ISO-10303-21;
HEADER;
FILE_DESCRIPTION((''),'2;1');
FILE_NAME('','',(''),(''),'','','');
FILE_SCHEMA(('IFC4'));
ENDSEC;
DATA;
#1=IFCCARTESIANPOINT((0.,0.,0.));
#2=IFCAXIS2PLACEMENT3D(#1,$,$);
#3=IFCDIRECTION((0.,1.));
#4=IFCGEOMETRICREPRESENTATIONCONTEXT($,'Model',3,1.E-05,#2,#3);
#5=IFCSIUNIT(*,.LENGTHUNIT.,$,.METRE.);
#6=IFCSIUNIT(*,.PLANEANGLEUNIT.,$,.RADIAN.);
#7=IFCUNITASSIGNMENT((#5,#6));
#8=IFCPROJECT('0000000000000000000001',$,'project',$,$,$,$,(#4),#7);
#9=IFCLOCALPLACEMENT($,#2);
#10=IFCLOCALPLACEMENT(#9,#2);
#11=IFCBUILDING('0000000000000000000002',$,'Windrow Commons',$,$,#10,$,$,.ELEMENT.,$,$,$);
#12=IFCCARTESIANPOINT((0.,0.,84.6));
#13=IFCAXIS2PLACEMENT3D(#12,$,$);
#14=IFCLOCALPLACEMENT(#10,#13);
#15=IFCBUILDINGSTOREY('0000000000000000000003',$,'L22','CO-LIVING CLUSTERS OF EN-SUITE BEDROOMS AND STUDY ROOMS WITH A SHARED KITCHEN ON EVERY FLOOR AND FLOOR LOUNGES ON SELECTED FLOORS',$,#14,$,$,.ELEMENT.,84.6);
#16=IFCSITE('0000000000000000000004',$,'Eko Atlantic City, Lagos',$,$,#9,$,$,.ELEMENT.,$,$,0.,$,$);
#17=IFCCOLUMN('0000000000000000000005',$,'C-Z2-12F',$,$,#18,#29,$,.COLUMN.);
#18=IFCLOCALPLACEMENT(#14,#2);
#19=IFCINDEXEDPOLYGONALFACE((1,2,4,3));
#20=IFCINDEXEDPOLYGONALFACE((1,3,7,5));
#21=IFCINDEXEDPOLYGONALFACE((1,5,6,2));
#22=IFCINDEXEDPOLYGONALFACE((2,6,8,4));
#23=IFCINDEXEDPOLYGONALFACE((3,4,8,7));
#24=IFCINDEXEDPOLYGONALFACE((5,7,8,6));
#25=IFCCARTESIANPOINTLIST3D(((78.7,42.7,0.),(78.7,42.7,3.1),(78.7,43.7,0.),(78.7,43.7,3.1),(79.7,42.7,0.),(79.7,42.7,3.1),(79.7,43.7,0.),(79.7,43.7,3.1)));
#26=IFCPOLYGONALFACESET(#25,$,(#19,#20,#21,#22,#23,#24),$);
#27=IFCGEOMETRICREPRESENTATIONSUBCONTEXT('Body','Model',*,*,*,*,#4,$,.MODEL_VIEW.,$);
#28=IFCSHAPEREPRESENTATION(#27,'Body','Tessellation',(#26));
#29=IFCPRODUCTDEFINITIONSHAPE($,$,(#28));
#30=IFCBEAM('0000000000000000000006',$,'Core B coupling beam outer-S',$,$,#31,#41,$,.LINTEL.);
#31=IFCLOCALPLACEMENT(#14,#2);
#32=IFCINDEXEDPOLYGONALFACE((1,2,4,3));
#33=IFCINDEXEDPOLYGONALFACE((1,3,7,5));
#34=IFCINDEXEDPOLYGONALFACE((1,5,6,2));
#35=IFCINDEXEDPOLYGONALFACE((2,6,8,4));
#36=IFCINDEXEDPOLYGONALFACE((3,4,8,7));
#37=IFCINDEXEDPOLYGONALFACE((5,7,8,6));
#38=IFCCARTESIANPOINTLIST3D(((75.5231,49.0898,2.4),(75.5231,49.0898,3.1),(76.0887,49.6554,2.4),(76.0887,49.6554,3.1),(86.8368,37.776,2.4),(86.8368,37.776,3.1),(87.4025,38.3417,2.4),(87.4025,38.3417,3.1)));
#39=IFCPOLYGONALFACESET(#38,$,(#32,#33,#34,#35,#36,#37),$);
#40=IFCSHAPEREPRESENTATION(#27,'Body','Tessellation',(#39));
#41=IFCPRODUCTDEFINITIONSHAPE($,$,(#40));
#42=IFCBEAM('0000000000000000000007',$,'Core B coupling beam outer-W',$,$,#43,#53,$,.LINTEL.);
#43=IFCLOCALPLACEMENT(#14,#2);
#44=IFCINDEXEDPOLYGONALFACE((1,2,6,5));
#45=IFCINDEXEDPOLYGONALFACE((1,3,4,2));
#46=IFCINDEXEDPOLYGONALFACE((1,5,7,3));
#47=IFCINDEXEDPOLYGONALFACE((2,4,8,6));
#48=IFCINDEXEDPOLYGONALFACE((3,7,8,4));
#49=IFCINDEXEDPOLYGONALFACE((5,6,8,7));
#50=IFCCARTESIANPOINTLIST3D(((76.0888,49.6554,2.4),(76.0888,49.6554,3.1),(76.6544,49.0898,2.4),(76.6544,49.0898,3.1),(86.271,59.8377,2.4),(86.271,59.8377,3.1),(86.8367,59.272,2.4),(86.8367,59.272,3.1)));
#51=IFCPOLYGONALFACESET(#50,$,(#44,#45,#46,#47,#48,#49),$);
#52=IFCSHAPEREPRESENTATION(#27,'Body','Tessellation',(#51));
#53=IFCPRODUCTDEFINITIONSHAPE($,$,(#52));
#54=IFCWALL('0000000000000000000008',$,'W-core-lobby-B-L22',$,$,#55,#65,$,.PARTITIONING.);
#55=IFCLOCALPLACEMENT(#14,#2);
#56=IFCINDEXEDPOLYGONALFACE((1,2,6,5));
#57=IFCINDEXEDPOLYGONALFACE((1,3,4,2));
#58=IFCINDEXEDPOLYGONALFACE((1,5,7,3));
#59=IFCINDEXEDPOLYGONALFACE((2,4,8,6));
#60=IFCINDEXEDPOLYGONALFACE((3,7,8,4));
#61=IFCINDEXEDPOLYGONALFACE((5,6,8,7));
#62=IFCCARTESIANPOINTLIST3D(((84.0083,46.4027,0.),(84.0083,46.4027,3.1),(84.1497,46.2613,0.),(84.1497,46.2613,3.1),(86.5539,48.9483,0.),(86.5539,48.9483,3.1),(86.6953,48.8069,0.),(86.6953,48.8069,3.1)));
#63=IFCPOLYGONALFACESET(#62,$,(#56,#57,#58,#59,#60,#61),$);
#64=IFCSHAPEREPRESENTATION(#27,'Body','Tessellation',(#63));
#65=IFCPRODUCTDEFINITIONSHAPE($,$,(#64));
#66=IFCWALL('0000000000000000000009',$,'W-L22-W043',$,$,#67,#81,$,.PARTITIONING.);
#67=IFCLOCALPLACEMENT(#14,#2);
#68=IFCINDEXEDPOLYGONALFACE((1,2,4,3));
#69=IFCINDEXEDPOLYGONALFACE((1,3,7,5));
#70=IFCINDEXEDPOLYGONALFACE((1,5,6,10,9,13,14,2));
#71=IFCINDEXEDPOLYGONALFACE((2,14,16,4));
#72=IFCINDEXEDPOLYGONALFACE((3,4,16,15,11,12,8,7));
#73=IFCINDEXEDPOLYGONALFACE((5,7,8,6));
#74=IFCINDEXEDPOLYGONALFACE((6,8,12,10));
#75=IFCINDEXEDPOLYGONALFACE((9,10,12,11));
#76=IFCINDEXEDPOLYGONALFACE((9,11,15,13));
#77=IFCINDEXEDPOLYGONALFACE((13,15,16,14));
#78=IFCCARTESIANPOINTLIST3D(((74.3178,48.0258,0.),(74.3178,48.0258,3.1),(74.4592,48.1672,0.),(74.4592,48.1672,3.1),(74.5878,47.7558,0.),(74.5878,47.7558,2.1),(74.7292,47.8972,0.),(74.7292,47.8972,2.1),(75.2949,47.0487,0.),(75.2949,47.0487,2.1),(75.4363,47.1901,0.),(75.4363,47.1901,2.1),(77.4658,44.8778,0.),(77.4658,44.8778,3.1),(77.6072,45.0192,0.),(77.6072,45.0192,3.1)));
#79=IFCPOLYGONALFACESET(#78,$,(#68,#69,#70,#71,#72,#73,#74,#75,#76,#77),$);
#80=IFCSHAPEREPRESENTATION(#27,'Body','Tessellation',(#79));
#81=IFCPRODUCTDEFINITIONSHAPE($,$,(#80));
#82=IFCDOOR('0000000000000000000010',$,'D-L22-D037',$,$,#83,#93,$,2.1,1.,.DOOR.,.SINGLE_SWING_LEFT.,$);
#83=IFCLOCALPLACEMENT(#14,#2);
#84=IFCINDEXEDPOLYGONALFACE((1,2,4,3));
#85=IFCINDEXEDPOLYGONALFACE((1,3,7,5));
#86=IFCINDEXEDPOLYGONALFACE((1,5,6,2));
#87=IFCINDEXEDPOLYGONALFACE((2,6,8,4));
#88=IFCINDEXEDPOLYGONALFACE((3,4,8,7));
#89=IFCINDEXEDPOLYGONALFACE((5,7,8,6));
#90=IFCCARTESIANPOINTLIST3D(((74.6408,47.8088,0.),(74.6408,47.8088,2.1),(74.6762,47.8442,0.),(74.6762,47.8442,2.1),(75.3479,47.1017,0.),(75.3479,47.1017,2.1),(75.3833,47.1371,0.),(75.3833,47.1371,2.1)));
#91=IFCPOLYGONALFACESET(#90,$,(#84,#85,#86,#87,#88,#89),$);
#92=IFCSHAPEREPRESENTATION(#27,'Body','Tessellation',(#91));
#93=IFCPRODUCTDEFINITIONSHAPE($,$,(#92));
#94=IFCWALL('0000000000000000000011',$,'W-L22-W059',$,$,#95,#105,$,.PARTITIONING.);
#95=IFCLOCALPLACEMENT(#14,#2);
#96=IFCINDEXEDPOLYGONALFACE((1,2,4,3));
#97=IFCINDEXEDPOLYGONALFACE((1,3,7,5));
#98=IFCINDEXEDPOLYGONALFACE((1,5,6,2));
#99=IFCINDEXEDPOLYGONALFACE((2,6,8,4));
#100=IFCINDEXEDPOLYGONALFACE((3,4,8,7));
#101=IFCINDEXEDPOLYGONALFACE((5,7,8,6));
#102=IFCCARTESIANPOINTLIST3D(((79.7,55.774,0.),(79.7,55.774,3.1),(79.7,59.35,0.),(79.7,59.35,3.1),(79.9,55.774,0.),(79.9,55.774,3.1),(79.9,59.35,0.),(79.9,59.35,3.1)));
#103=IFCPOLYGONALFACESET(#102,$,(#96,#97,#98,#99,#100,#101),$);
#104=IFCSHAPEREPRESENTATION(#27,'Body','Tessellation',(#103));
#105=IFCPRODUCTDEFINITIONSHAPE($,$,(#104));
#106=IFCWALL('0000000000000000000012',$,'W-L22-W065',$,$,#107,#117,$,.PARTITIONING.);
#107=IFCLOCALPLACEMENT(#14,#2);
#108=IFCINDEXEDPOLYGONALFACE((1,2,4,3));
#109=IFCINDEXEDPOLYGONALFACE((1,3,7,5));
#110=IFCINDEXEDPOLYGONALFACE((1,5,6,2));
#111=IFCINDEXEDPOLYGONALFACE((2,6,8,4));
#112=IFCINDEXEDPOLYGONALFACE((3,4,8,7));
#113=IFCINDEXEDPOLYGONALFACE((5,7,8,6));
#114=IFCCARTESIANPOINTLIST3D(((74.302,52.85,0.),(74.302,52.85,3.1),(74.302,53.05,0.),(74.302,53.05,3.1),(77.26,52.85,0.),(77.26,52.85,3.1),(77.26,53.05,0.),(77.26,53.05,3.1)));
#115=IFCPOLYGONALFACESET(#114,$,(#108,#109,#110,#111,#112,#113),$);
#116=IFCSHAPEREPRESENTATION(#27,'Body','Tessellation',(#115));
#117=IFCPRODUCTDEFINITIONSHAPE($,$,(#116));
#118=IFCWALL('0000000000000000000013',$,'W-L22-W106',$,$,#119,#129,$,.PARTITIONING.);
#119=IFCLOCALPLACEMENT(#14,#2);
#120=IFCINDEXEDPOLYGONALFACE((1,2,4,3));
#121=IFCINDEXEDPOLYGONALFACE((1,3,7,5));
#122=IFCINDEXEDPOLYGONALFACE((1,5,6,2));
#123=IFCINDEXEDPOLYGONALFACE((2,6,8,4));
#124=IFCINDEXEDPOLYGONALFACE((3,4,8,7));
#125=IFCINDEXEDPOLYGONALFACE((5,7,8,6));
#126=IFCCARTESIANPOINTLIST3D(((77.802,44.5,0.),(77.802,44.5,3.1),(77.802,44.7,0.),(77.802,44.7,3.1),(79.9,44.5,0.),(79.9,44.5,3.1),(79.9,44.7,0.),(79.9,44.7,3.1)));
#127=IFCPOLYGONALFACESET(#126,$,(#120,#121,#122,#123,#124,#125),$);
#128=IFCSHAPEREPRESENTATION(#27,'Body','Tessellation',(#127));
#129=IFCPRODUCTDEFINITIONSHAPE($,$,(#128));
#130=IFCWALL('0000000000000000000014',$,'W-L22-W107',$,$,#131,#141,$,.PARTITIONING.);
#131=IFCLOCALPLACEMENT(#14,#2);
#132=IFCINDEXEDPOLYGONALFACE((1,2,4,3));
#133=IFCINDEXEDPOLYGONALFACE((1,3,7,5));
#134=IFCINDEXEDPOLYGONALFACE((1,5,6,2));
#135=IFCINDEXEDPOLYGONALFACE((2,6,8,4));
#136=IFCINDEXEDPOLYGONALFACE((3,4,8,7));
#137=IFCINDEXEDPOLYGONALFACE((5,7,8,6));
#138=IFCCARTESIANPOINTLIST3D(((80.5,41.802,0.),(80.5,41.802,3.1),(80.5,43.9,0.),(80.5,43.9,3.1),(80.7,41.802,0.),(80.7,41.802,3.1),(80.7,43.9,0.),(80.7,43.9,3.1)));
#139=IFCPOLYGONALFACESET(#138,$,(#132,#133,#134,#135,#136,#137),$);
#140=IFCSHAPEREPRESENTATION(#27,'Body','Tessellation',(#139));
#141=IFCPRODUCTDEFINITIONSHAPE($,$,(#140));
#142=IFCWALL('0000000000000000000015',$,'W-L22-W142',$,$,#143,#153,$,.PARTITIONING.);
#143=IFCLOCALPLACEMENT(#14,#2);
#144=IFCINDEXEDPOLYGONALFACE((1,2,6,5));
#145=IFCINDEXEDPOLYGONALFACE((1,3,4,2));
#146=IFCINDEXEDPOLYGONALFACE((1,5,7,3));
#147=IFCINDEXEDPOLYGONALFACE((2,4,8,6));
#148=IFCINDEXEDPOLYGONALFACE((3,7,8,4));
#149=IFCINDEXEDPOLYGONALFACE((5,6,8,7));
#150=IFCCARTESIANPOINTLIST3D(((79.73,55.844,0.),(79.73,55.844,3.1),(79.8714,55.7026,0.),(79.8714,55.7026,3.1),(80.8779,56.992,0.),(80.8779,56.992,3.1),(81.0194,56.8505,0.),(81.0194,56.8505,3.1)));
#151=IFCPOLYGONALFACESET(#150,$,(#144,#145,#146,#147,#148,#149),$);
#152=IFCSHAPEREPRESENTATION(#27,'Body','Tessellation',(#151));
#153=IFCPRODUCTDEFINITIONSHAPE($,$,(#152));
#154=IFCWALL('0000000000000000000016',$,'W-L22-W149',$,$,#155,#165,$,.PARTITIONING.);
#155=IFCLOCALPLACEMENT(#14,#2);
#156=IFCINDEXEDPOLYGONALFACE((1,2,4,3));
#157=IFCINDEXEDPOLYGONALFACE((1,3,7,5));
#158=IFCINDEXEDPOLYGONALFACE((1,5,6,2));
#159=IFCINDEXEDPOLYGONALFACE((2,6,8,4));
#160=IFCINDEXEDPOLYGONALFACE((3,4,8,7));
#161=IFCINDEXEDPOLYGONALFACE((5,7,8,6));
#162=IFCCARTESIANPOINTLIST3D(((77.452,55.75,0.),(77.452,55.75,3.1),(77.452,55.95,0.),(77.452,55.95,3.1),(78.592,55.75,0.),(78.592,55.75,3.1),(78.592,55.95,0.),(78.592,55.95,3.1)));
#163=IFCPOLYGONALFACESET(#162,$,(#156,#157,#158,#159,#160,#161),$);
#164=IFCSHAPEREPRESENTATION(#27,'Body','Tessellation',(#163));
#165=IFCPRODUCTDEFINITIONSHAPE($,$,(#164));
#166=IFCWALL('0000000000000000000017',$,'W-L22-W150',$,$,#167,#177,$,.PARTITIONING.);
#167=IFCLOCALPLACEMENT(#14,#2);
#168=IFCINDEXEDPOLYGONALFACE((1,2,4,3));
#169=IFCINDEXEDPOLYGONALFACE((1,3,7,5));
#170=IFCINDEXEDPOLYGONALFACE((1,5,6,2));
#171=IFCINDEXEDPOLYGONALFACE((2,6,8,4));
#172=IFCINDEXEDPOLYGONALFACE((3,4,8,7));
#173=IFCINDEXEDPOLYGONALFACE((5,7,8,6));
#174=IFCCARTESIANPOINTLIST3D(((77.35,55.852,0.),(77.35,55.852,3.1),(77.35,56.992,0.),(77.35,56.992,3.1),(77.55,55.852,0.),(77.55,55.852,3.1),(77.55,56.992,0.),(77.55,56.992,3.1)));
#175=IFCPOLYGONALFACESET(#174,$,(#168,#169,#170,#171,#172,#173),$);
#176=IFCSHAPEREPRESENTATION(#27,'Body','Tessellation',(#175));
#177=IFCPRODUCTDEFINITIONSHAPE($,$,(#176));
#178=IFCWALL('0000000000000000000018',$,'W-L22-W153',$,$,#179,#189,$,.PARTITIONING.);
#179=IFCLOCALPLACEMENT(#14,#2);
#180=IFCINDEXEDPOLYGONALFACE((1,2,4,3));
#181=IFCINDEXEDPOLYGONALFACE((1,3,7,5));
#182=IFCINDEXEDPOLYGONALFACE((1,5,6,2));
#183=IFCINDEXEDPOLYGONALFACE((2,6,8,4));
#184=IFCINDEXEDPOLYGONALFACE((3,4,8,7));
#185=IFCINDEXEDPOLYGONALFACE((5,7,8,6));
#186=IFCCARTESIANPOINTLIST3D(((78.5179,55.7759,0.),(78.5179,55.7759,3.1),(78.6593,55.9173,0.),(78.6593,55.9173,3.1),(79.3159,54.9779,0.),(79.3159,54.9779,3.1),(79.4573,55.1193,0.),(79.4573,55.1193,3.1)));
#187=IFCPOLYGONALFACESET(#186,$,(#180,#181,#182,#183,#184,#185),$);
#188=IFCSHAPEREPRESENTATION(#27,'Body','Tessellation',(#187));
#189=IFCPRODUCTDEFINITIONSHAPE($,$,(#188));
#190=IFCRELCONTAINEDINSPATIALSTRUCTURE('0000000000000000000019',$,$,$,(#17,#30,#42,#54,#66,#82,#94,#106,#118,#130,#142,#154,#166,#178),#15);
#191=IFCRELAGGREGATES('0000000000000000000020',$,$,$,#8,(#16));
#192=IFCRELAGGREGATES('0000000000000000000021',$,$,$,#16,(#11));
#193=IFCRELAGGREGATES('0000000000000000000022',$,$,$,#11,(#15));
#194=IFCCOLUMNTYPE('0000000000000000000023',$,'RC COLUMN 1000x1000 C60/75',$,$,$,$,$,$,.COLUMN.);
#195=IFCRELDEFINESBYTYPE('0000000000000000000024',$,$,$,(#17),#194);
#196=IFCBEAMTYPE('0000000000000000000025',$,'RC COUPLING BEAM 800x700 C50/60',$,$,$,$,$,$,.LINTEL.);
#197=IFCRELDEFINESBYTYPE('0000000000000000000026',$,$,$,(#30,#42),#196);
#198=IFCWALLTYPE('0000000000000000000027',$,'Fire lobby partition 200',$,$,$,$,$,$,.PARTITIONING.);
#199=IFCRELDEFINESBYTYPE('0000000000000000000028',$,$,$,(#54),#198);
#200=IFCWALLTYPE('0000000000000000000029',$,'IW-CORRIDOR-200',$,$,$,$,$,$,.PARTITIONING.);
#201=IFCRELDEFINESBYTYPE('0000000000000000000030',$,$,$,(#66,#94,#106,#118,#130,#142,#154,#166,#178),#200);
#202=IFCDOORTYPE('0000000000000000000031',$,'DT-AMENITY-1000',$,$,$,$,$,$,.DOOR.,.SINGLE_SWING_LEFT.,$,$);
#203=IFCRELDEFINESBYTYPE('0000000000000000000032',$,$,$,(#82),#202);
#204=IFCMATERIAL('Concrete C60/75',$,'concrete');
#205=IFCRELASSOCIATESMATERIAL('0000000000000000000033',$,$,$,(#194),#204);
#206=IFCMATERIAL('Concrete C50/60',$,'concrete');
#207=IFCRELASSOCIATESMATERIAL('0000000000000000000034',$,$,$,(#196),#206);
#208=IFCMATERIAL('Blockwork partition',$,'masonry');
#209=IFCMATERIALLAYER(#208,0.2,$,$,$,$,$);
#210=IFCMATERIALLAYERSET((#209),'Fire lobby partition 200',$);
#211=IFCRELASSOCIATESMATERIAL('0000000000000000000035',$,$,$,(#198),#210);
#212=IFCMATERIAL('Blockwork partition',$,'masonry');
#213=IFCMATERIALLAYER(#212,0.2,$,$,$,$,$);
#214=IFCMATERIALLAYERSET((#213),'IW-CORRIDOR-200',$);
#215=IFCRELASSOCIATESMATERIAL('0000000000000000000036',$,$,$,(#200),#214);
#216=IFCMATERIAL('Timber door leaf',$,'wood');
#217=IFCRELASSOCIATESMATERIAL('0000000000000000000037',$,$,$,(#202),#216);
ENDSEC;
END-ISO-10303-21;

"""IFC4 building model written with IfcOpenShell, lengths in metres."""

from ifc_helpers import new_model, si_unit, direction, frame, frame_2d, origin, origin_2d, place, context, subcontext, project, spatial, rectangle, extrude, material, layer, layer_set, material_profile, profile_set, type_object, element, fill, save


model = new_model("IFC4")

# Units and contexts
model_context = context("Model", 3, precision=1e-05, world=origin(), true_north=direction((0.0, 1.0)))
body_context = subcontext(model_context, "Body", "Model", "MODEL_VIEW")
ifc_project = project(units=[si_unit("LENGTHUNIT", "METRE"), si_unit("PLANEANGLEUNIT", "RADIAN")], contexts=[model_context])

# Site, building, storey
site_placement = place(None, origin())
site = spatial("IfcSite", under=ifc_project, at=site_placement, Name="Eko Atlantic City, Lagos", CompositionType="ELEMENT", RefElevation=0.0)
building_placement = place(site_placement, origin())
building = spatial("IfcBuilding", under=site, at=building_placement, Name="Windrow Commons", CompositionType="ELEMENT")
storey_placement = place(building_placement, frame((0.0, 0.0, 84.6)))
storey = spatial("IfcBuildingStorey", under=building, at=storey_placement, Name="L22", Description="CO-LIVING CLUSTERS OF EN-SUITE BEDROOMS AND STUDY ROOMS WITH A SHARED KITCHEN ON EVERY FLOOR AND FLOOR LOUNGES ON SELECTED FLOORS", CompositionType="ELEMENT", Elevation=84.6)

# Column
ifc_material_1 = material(Name="Concrete C60/75", Category="concrete")
ifc_material_profile_1 = material_profile(ifc_material_1, rectangle(XDim=1.0, YDim=1.0, at=origin_2d()))
ifc_profile_set_1 = profile_set([ifc_material_profile_1], Name="Concrete C60/75")
column_type = type_object("IfcColumnType", Name="RC COLUMN 1000x1000 C60/75", PredefinedType="COLUMN", material=ifc_profile_set_1)
column_placement = place(storey_placement, frame((79.2, 43.2, 0.0), z_axis=(0.0, 0.0, 1.0), x_axis=(1.0, 0.0, 0.0)))
element("IfcColumn", 1, at=column_placement, inside=storey, type_object=column_type, Name="C-Z2-12F", PredefinedType="COLUMN", context=body_context, shape_type="SweptSolid", body=[
    extrude(rectangle(XDim=1.0, YDim=1.0, at=origin_2d()), origin(), (0.0, 0.0, 1.0), 3.1),
])

# Beams
ifc_material_2 = material(Name="Concrete C50/60", Category="concrete")
ifc_material_profile_2 = material_profile(ifc_material_2, rectangle(XDim=0.8, YDim=0.7, at=origin_2d()))
ifc_profile_set_2 = profile_set([ifc_material_profile_2], Name="Concrete C50/60")
beam_type = type_object("IfcBeamType", Name="RC COUPLING BEAM 800x700 C50/60", PredefinedType="LINTEL", material=ifc_profile_set_2)
beam_1_placement = place(storey_placement, frame((75.8059, 49.3726, 2.75), z_axis=(0.707107, -0.707107, 0.0), x_axis=(0.707107, 0.707107, 0.0)))
element("IfcBeam", 2, at=beam_1_placement, inside=storey, type_object=beam_type, Name="Core B coupling beam outer-S", PredefinedType="LINTEL", context=body_context, shape_type="SweptSolid", body=[
    extrude(rectangle(XDim=0.8, YDim=0.7, at=origin_2d()), origin(), (0.0, 0.0, 1.0), 16.0),
])
beam_2_placement = place(storey_placement, frame((76.3716, 49.3726, 2.75), z_axis=(0.707107, 0.707107, 0.0), x_axis=(-0.707107, 0.707107, 0.0)))
element("IfcBeam", 3, at=beam_2_placement, inside=storey, type_object=beam_type, Name="Core B coupling beam outer-W", PredefinedType="LINTEL", context=body_context, shape_type="SweptSolid", body=[
    extrude(rectangle(XDim=0.8, YDim=0.7, at=origin_2d()), origin(), (0.0, 0.0, 1.0), 14.3999),
])

# Wall
ifc_material_3 = material(Name="Blockwork partition", Category="masonry")
ifc_layer_1 = layer(ifc_material_3, 0.2)
ifc_layer_set_1 = layer_set([ifc_layer_1], Name="Fire lobby partition 200")
wall_type_1 = type_object("IfcWallType", Name="Fire lobby partition 200", PredefinedType="PARTITIONING", material=ifc_layer_set_1)
wall_1_placement = place(storey_placement, frame((84.079, 46.332, 0.0), z_axis=(0.0, 0.0, 1.0), x_axis=(0.707107, 0.707107, 0.0)))
element("IfcWall", 4, at=wall_1_placement, inside=storey, type_object=wall_type_1, Name="W-core-lobby-B-L22", PredefinedType="PARTITIONING", context=body_context, shape_type="SweptSolid", body=[
    extrude(rectangle(XDim=3.6, YDim=0.2, at=frame_2d((1.8, 0.0))), origin(), (0.0, 0.0, 1.0), 3.1),
])

# Wall, opening, door
ifc_material_4 = material(Name="Blockwork partition", Category="masonry")
ifc_layer_2 = layer(ifc_material_4, 0.2)
ifc_layer_set_2 = layer_set([ifc_layer_2], Name="IW-CORRIDOR-200")
wall_type_2 = type_object("IfcWallType", Name="IW-CORRIDOR-200", PredefinedType="PARTITIONING", material=ifc_layer_set_2)
wall_2_placement = place(storey_placement, frame((74.3885, 48.0965, 0.0), z_axis=(0.0, 0.0, 1.0), x_axis=(0.707107, -0.707107, 0.0)))
wall_2 = element("IfcWall", 5, at=wall_2_placement, inside=storey, type_object=wall_type_2, Name="W-L22-W043", PredefinedType="PARTITIONING", context=body_context, shape_type="SweptSolid", body=[
    extrude(rectangle(XDim=4.4519, YDim=0.2, at=frame_2d((2.226, 0.0))), origin(), (0.0, 0.0, 1.0), 3.1),
])
opening_1_placement = place(wall_2_placement, frame((0.3818, 0.0, 0.0)))
opening_1 = element("IfcOpeningElement", 6, at=opening_1_placement, cuts=wall_2, PredefinedType="OPENING", context=body_context, shape_type="SweptSolid", body=[
    extrude(rectangle(XDim=1.0, YDim=2.1, at=frame_2d((0.5, 1.05))), frame((0.0, 0.11, 0.0), z_axis=(0.0, -1.0, 0.0), x_axis=(1.0, 0.0, 0.0)), (0.0, 0.0, 1.0), 0.22),
])
ifc_material_5 = material(Name="Timber door leaf", Category="wood")
door_type_1 = type_object("IfcDoorType", Name="DT-AMENITY-1000", OperationType="SINGLE_SWING_LEFT", PredefinedType="DOOR", material=ifc_material_5)
door_1_placement = place(opening_1_placement, origin())
door_1 = element("IfcDoor", 7, at=door_1_placement, inside=storey, type_object=door_type_1, Name="D-L22-D037", OperationType="SINGLE_SWING_LEFT", OverallHeight=2.1, OverallWidth=1.0, PredefinedType="DOOR", context=body_context, shape_type="SweptSolid", body=[
    extrude(rectangle(XDim=1.0, YDim=2.1, at=frame_2d((0.5, 1.05))), frame((0.0, 0.025, 0.0), z_axis=(0.0, -1.0, 0.0), x_axis=(1.0, 0.0, 0.0)), (0.0, 0.0, 1.0), 0.05),
])
fill(opening_1, door_1)

# Walls
wall_3_placement = place(storey_placement, frame((79.8, 55.774, 0.0), z_axis=(0.0, 0.0, 1.0), x_axis=(0.0, 1.0, 0.0)))
element("IfcWall", 8, at=wall_3_placement, inside=storey, type_object=wall_type_2, Name="W-L22-W059", PredefinedType="PARTITIONING", context=body_context, shape_type="SweptSolid", body=[
    extrude(rectangle(XDim=3.576, YDim=0.2, at=frame_2d((1.788, 0.0))), origin(), (0.0, 0.0, 1.0), 3.1),
])
wall_4_placement = place(storey_placement, frame((74.302, 52.95, 0.0), z_axis=(0.0, 0.0, 1.0), x_axis=(1.0, 0.0, 0.0)))
element("IfcWall", 9, at=wall_4_placement, inside=storey, type_object=wall_type_2, Name="W-L22-W065", PredefinedType="PARTITIONING", context=body_context, shape_type="SweptSolid", body=[
    extrude(rectangle(XDim=2.958, YDim=0.2, at=frame_2d((1.479, 0.0))), origin(), (0.0, 0.0, 1.0), 3.1),
])
for number, where, z_axis, x_axis, name in (
    (10, (77.802, 44.6, 0.0), (0.0, 0.0, 1.0), (1.0, 0.0, 0.0), "W-L22-W106"),
    (11, (80.6, 41.802, 0.0), (0.0, 0.0, 1.0), (0.0, 1.0, 0.0), "W-L22-W107"),
):
    element("IfcWall", number, at=place(storey_placement, frame(where, z_axis=z_axis, x_axis=x_axis)), inside=storey, type_object=wall_type_2, Name=name, PredefinedType="PARTITIONING", context=body_context, shape_type="SweptSolid", body=[
        extrude(rectangle(XDim=2.098, YDim=0.2, at=frame_2d((1.049, 0.0))), origin(), (0.0, 0.0, 1.0), 3.1),
    ])
wall_5_placement = place(storey_placement, frame((79.8007, 55.7733, 0.0), z_axis=(0.0, 0.0, 1.0), x_axis=(0.707107, 0.707107, 0.0)))
element("IfcWall", 12, at=wall_5_placement, inside=storey, type_object=wall_type_2, Name="W-L22-W142", PredefinedType="PARTITIONING", context=body_context, shape_type="SweptSolid", body=[
    extrude(rectangle(XDim=1.6235, YDim=0.2, at=frame_2d((0.8117, 0.0))), origin(), (0.0, 0.0, 1.0), 3.1),
])
for number, where, z_axis, x_axis, name in (
    (13, (77.452, 55.85, 0.0), (0.0, 0.0, 1.0), (1.0, 0.0, 0.0), "W-L22-W149"),
    (14, (77.45, 55.852, 0.0), (0.0, 0.0, 1.0), (0.0, 1.0, 0.0), "W-L22-W150"),
):
    element("IfcWall", number, at=place(storey_placement, frame(where, z_axis=z_axis, x_axis=x_axis)), inside=storey, type_object=wall_type_2, Name=name, PredefinedType="PARTITIONING", context=body_context, shape_type="SweptSolid", body=[
        extrude(rectangle(XDim=1.14, YDim=0.2, at=frame_2d((0.57, 0.0))), origin(), (0.0, 0.0, 1.0), 3.1),
    ])
wall_6_placement = place(storey_placement, frame((78.5886, 55.8466, 0.0), z_axis=(0.0, 0.0, 1.0), x_axis=(0.707107, -0.707107, 0.0)))
element("IfcWall", 15, at=wall_6_placement, inside=storey, type_object=wall_type_2, Name="W-L22-W153", PredefinedType="PARTITIONING", context=body_context, shape_type="SweptSolid", body=[
    extrude(rectangle(XDim=1.1285, YDim=0.2, at=frame_2d((0.5643, 0.0))), origin(), (0.0, 0.0, 1.0), 3.1),
])

save(model, "model.ifc")
